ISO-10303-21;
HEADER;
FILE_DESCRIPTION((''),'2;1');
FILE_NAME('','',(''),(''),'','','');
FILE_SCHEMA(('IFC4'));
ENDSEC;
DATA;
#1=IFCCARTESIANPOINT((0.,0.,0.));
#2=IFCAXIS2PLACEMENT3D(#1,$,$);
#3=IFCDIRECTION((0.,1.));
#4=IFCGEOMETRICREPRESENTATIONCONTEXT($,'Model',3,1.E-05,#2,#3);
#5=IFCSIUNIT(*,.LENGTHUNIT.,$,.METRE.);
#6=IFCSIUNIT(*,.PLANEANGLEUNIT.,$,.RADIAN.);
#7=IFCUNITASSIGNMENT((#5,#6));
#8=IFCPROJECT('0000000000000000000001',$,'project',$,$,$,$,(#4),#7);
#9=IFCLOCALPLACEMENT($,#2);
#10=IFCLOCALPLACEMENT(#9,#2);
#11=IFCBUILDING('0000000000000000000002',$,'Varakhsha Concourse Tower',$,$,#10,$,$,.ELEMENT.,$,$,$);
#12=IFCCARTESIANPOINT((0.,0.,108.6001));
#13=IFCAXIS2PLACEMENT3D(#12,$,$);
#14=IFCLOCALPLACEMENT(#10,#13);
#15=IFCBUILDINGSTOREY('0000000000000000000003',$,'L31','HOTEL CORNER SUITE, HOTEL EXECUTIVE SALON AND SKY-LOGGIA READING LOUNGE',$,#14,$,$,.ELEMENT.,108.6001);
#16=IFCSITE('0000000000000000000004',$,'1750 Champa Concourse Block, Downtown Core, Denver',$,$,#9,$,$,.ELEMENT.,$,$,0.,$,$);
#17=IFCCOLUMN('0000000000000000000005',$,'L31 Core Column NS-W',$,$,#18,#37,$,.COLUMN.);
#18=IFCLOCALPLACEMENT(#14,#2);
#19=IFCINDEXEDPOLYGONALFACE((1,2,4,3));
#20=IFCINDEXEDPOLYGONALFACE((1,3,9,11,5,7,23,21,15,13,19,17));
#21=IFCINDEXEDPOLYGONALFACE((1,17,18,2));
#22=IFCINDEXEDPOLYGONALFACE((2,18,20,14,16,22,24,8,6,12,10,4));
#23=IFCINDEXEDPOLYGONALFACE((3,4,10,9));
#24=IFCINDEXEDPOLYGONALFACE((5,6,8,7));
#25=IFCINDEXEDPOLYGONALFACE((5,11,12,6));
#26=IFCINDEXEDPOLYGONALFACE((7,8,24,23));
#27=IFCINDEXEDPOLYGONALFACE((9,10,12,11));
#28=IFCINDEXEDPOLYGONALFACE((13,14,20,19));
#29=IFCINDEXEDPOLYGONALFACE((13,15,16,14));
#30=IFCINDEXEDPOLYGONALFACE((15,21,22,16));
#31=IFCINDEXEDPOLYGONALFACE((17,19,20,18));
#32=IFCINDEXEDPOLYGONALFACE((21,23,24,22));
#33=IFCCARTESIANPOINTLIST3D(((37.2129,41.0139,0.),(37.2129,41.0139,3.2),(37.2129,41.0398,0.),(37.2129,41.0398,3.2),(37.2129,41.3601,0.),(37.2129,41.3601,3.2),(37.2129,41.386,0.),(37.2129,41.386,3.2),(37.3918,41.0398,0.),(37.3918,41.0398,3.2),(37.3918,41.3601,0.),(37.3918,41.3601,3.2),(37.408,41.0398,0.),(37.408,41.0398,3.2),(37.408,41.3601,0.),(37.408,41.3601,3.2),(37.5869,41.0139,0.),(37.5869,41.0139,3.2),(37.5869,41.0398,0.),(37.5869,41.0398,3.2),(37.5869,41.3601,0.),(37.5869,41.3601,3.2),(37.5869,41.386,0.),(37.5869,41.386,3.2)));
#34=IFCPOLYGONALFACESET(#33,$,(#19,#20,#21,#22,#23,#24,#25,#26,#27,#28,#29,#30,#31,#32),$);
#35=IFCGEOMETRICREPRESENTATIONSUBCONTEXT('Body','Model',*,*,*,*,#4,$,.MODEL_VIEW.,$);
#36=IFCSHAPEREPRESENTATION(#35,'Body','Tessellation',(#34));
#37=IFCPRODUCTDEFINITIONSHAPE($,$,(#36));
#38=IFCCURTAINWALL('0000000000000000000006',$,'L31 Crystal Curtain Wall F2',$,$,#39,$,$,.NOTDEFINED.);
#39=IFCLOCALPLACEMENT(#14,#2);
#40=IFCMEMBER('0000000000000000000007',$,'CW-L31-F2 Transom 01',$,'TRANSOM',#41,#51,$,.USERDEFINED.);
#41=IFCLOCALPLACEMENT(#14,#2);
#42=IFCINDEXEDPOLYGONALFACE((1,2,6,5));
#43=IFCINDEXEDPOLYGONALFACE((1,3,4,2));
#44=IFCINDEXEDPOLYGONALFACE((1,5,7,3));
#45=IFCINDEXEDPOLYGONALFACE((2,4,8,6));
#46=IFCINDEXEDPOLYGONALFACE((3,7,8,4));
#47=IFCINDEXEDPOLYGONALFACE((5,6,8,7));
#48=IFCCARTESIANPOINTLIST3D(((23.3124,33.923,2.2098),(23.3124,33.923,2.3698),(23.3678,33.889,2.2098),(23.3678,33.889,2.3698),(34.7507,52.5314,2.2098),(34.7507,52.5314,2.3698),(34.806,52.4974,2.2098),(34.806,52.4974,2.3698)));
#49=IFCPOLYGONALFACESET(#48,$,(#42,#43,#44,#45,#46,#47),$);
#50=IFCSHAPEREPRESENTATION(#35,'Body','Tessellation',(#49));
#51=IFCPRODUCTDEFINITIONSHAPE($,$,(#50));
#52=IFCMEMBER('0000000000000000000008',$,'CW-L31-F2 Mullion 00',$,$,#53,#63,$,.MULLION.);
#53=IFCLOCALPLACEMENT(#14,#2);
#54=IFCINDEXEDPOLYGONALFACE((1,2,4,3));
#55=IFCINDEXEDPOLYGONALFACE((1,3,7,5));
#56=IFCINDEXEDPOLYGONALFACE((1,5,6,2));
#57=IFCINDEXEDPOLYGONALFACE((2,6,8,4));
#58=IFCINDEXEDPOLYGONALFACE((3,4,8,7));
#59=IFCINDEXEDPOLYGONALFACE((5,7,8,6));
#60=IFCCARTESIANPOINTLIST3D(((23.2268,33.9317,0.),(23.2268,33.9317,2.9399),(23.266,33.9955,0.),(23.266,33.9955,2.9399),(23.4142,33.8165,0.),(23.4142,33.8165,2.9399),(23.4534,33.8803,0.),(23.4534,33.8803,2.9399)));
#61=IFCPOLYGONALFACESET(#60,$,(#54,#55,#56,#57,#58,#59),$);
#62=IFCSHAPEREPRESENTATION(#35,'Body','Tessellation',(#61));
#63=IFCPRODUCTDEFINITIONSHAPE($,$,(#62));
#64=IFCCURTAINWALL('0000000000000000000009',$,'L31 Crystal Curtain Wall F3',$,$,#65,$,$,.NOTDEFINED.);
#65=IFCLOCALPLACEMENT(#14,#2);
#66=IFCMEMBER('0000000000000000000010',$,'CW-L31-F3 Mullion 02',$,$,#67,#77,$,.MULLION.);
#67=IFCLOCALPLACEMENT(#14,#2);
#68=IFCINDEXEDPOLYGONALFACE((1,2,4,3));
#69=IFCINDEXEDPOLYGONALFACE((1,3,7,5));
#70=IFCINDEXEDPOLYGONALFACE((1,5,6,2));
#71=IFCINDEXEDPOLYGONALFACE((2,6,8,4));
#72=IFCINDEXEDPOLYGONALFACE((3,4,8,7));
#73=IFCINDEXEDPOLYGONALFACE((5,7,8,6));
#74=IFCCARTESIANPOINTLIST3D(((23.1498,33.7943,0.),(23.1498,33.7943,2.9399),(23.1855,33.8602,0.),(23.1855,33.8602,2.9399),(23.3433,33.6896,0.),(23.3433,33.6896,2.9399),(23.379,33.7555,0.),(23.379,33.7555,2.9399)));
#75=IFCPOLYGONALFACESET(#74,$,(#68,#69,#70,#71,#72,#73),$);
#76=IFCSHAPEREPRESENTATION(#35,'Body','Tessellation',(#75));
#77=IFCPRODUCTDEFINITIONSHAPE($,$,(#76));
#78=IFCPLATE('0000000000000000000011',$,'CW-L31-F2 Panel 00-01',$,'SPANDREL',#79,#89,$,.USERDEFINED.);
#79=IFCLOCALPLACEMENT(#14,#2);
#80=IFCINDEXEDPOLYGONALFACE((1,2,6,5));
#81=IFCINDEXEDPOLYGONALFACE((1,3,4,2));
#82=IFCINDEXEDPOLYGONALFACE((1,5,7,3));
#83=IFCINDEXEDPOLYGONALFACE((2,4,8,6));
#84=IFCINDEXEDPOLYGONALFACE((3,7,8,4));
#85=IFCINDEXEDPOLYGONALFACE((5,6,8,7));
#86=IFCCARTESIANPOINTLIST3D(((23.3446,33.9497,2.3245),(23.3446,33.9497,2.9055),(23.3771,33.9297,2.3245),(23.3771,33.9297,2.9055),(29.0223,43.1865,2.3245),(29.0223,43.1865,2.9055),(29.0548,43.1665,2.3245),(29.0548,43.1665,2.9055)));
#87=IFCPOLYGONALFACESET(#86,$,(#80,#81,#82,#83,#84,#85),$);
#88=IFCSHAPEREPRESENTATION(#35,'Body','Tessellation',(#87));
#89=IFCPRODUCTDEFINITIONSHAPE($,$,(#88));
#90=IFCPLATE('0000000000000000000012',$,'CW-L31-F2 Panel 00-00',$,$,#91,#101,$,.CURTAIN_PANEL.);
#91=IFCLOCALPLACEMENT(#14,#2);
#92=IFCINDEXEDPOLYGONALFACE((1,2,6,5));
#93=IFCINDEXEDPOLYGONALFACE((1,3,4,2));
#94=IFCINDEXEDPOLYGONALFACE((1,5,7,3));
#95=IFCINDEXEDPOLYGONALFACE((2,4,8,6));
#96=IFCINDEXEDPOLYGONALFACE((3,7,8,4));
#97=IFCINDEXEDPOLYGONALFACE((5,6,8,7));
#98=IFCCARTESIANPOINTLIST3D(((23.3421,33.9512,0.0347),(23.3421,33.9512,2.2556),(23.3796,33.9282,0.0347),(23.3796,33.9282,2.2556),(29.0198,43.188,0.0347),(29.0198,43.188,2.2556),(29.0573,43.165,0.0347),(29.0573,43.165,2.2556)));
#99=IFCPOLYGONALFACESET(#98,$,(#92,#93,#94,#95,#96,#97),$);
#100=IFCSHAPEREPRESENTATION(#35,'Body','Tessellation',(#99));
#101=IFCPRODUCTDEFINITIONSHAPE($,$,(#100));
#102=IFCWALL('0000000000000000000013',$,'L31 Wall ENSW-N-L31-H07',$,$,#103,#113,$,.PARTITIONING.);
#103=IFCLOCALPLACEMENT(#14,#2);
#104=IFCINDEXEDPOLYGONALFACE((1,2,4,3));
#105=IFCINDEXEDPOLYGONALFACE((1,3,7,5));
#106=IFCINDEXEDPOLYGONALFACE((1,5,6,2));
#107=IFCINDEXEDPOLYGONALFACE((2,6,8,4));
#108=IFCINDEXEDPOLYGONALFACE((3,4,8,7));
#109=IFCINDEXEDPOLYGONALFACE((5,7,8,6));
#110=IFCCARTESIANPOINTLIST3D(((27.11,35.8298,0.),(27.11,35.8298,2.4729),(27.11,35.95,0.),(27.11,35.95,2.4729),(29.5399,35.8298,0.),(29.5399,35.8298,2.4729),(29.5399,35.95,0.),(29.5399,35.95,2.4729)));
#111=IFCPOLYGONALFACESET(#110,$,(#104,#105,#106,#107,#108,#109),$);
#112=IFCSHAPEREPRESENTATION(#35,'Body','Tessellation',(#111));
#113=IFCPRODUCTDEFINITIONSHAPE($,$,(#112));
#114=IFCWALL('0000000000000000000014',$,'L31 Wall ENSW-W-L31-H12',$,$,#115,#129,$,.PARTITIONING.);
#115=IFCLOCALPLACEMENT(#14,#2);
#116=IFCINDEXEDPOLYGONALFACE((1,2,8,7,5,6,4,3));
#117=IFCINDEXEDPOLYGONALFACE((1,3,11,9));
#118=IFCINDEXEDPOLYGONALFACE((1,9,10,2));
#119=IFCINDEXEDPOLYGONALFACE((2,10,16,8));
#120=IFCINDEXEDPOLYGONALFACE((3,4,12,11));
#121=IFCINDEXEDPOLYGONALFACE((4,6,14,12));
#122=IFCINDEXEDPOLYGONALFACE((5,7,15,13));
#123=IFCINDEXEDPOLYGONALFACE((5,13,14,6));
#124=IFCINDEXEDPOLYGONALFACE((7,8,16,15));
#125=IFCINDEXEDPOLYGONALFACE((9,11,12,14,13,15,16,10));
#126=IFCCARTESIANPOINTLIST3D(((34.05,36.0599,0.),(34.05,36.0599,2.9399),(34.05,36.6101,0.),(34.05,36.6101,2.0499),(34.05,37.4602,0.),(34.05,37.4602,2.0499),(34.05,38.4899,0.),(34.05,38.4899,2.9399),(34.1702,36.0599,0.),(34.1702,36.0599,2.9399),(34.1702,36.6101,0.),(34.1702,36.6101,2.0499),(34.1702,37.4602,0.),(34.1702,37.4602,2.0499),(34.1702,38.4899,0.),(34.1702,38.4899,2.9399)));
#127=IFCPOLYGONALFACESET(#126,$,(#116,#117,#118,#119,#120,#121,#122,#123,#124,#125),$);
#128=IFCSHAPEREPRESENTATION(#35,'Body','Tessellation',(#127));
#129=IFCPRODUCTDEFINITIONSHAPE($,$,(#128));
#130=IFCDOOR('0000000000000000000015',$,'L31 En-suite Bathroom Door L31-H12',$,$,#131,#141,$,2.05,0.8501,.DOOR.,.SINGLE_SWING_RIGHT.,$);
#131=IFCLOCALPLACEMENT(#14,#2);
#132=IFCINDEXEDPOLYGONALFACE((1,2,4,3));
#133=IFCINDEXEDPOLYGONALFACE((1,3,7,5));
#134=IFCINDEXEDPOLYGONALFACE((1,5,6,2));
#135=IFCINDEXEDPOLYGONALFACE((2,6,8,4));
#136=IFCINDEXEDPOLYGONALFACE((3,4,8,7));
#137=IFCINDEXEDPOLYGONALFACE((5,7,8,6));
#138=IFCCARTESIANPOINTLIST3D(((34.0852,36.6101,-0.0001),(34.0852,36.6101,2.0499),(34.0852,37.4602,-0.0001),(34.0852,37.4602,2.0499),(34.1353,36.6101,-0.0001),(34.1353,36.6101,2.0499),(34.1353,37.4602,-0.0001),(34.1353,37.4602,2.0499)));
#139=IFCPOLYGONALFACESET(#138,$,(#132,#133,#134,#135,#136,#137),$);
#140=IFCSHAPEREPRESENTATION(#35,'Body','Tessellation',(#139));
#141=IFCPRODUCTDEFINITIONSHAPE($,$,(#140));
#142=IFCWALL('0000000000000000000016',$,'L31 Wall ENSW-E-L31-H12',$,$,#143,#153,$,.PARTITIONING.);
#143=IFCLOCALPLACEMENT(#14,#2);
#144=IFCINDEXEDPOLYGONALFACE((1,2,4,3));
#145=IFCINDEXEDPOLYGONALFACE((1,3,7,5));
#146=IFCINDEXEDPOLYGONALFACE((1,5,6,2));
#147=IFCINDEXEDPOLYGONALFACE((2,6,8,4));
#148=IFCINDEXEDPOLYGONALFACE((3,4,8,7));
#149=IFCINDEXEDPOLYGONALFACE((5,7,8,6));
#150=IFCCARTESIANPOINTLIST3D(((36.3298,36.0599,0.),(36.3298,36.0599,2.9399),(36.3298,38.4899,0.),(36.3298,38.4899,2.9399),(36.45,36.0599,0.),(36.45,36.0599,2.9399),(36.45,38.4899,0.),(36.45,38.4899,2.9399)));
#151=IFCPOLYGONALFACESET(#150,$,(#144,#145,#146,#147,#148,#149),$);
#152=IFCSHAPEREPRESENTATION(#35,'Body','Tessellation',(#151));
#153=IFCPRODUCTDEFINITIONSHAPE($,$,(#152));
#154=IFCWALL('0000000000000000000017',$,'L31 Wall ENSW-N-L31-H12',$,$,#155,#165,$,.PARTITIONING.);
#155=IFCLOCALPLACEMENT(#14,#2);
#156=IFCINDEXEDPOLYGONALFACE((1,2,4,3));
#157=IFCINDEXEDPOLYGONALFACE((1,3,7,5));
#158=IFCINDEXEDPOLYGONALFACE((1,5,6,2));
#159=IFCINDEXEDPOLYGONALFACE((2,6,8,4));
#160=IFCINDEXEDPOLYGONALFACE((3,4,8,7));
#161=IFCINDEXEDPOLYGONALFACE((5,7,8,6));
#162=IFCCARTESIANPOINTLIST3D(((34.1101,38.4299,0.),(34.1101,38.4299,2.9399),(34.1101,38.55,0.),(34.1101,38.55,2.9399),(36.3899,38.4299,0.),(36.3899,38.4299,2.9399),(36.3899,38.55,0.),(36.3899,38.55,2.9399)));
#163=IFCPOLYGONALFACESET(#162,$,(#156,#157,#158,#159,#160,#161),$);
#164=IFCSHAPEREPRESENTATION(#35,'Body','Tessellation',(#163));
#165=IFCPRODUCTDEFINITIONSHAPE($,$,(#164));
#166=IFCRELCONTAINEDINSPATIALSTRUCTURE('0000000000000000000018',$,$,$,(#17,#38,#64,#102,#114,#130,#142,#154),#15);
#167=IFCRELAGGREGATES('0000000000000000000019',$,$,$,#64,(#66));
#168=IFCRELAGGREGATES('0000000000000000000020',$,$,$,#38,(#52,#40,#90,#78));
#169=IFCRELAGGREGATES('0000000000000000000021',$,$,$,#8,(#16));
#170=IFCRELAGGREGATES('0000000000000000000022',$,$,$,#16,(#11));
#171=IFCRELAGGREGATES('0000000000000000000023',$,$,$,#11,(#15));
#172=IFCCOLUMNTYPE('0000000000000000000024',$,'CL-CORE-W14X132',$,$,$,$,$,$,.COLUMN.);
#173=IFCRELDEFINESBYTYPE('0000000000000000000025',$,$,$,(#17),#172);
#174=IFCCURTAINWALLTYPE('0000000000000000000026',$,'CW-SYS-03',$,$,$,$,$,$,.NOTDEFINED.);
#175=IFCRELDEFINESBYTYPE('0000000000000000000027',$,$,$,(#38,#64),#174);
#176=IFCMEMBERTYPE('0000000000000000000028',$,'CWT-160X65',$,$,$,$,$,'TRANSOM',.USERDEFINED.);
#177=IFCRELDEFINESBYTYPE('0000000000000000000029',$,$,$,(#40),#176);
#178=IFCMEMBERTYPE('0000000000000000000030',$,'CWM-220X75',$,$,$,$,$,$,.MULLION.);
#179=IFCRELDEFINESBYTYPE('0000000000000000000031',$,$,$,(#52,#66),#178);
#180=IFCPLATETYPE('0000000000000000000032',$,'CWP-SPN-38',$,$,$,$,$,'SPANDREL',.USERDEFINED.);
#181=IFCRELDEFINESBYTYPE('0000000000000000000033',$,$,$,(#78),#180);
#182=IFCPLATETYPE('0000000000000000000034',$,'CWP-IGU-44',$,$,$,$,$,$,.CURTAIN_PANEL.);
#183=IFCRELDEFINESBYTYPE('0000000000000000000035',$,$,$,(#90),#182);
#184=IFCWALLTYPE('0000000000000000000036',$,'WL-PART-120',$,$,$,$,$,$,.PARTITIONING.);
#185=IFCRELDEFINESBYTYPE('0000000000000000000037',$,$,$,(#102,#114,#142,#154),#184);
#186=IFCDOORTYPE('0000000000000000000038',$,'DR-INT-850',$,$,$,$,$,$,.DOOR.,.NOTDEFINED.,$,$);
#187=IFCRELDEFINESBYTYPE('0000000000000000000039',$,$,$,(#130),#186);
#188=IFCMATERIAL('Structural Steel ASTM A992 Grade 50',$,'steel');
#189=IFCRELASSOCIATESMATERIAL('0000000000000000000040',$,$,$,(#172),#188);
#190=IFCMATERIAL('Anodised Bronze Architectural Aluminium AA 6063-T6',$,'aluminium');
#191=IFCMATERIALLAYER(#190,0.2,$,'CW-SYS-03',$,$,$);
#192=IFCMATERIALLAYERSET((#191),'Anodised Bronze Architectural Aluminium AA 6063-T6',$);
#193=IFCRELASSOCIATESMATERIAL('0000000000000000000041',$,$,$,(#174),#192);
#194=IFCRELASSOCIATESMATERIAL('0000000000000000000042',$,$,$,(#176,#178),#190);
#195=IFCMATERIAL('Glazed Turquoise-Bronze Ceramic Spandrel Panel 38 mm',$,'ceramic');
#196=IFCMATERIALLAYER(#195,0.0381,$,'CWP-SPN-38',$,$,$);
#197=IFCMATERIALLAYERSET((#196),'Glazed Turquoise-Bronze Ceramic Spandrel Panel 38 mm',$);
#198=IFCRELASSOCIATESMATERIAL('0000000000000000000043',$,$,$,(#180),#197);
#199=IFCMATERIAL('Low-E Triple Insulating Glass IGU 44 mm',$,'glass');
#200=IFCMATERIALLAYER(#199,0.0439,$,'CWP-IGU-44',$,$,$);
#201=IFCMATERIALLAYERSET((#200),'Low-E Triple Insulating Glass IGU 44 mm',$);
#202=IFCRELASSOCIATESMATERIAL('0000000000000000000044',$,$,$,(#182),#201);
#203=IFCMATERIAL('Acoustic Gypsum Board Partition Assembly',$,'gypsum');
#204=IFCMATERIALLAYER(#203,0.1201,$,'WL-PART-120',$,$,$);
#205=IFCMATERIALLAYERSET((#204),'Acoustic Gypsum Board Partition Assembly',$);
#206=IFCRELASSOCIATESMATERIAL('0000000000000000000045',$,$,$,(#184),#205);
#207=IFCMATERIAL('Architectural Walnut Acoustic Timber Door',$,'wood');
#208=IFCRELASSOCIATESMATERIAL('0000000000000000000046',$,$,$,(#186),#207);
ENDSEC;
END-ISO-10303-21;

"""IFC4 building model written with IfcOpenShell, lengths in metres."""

from ifc_helpers import new_model, si_unit, direction, frame, frame_2d, origin, origin_2d, place, context, subcontext, project, spatial, rectangle, i_section, extrude, source, transform, mapped, material, layer, layer_set, material_profile, profile_set, type_object, type_shapes, element, fill, aggregate, save


model = new_model("IFC4")

# Units and contexts
model_context = context("Model", 3, precision=1e-05, world=origin(), true_north=direction((0.0, 1.0)))
body_context = subcontext(model_context, "Body", "Model", "MODEL_VIEW")
ifc_project = project(units=[si_unit("LENGTHUNIT", "METRE"), si_unit("PLANEANGLEUNIT", "RADIAN")], contexts=[model_context])

# Site, building, storey
site_placement = place(None, origin())
site = spatial("IfcSite", under=ifc_project, at=site_placement, Name="1750 Champa Concourse Block, Downtown Core, Denver", CompositionType="ELEMENT", RefElevation=0.0)
building_placement = place(site_placement, origin())
building = spatial("IfcBuilding", under=site, at=building_placement, Name="Varakhsha Concourse Tower", CompositionType="ELEMENT")
storey_placement = place(building_placement, frame((0.0, 0.0, 108.6001)))
storey = spatial("IfcBuildingStorey", under=building, at=storey_placement, Name="L31", Description="HOTEL CORNER SUITE, HOTEL EXECUTIVE SALON AND SKY-LOGGIA READING LOUNGE", CompositionType="ELEMENT", Elevation=108.6001)

# Column
ifc_material_1 = material(Name="Structural Steel ASTM A992 Grade 50", Category="steel")
ifc_material_profile_1 = material_profile(ifc_material_1, i_section(OverallWidth=0.374, OverallDepth=0.3721, WebThickness=0.0161, FlangeThickness=0.0259, at=origin_2d()), Name="W14X132")
ifc_profile_set_1 = profile_set([ifc_material_profile_1], Name="Structural Steel ASTM A992 Grade 50")
column_type = type_object("IfcColumnType", Name="CL-CORE-W14X132", PredefinedType="COLUMN", material=ifc_profile_set_1)
column_placement = place(storey_placement, frame((37.3999, 41.2, 0.0), z_axis=(0.0, 0.0, 1.0), x_axis=(1.0, 0.0, 0.0)))
element("IfcColumn", 1, at=column_placement, inside=storey, type_object=column_type, Name="L31 Core Column NS-W", PredefinedType="COLUMN", context=body_context, shape_type="SweptSolid", body=[
    extrude(i_section(OverallWidth=0.374, OverallDepth=0.3721, WebThickness=0.0161, FlangeThickness=0.0259, at=origin_2d()), origin(), (0.0, 0.0, 1.0), 3.2),
])

# Curtain wall, members
ifc_material_2 = material(Name="Anodised Bronze Architectural Aluminium AA 6063-T6", Category="aluminium")
ifc_layer_1 = layer(ifc_material_2, 0.2, Name="CW-SYS-03")
ifc_layer_set_1 = layer_set([ifc_layer_1], Name="Anodised Bronze Architectural Aluminium AA 6063-T6")
curtain_wall_type = type_object("IfcCurtainWallType", Name="CW-SYS-03", PredefinedType="NOTDEFINED", material=ifc_layer_set_1)
curtain_wall_1_placement = place(storey_placement, origin())
curtain_wall_1 = element("IfcCurtainWall", 2, at=curtain_wall_1_placement, inside=storey, type_object=curtain_wall_type, Name="L31 Crystal Curtain Wall F2", PredefinedType="NOTDEFINED")
ifc_material_profile_2 = material_profile(ifc_material_2, rectangle(XDim=0.0649, YDim=0.1599, at=origin_2d()), Name="CWT-160X65")
ifc_profile_set_2 = profile_set([ifc_material_profile_2], Name="Anodised Bronze Architectural Aluminium AA 6063-T6")
member_type_1 = type_object("IfcMemberType", Name="CWT-160X65", ElementType="TRANSOM", PredefinedType="USERDEFINED", material=ifc_profile_set_2)
shared_shape_1 = source(origin(), body_context, "Body", "SweptSolid", [
    extrude(rectangle(XDim=0.0649, YDim=0.1599, at=origin_2d()), origin(), (0.0, 0.0, 1.0), 21.8428),
])
type_shapes(member_type_1, [shared_shape_1])
member_1_placement = place(storey_placement, frame((23.3401, 33.906, 2.2898), z_axis=(0.523663, 0.851926, 0.0), x_axis=(-0.851926, 0.523663, 0.0)))
member_1 = element("IfcMember", 3, at=member_1_placement, type_object=member_type_1, Name="CW-L31-F2 Transom 01", ObjectType="TRANSOM", PredefinedType="USERDEFINED", context=body_context, shape_type="MappedRepresentation", body=[
    mapped(shared_shape_1, transform((0.0, 0.0, 0.0), scale=1.0)),
])
ifc_material_profile_3 = material_profile(ifc_material_2, rectangle(XDim=0.075, YDim=0.22, at=origin_2d()), Name="CWM-220X75")
ifc_profile_set_3 = profile_set([ifc_material_profile_3], Name="Anodised Bronze Architectural Aluminium AA 6063-T6")
member_type_2 = type_object("IfcMemberType", Name="CWM-220X75", PredefinedType="MULLION", material=ifc_profile_set_3)
shared_shape_2 = source(origin(), body_context, "Body", "SweptSolid", [
    extrude(rectangle(XDim=0.075, YDim=0.22, at=origin_2d()), origin(), (0.0, 0.0, 1.0), 2.9399),
])
type_shapes(member_type_2, [shared_shape_2])
member_2_placement = place(storey_placement, frame((23.3401, 33.906, 0.0), z_axis=(0.0, 0.0, 1.0), x_axis=(0.523665, 0.851924, 0.0)))
member_2 = element("IfcMember", 4, at=member_2_placement, type_object=member_type_2, Name="CW-L31-F2 Mullion 00", PredefinedType="MULLION", context=body_context, shape_type="MappedRepresentation", body=[
    mapped(shared_shape_2, transform((0.0, 0.0, 0.0), scale=1.0)),
])

# Curtain wall, member
curtain_wall_2_placement = place(storey_placement, origin())
curtain_wall_2 = element("IfcCurtainWall", 5, at=curtain_wall_2_placement, inside=storey, type_object=curtain_wall_type, Name="L31 Crystal Curtain Wall F3", PredefinedType="NOTDEFINED")
member_3_placement = place(storey_placement, frame((23.2644, 33.7749, 0.0), z_axis=(0.0, 0.0, 1.0), x_axis=(0.475959, 0.879468, 0.0)))
member_3 = element("IfcMember", 6, at=member_3_placement, type_object=member_type_2, Name="CW-L31-F3 Mullion 02", PredefinedType="MULLION", context=body_context, shape_type="MappedRepresentation", body=[
    mapped(shared_shape_2, transform((0.0, 0.0, 0.0), scale=1.0)),
])
aggregate(curtain_wall_2, [member_3])

# Plates
ifc_material_3 = material(Name="Glazed Turquoise-Bronze Ceramic Spandrel Panel 38 mm", Category="ceramic")
ifc_layer_2 = layer(ifc_material_3, 0.0381, Name="CWP-SPN-38")
ifc_layer_set_2 = layer_set([ifc_layer_2], Name="Glazed Turquoise-Bronze Ceramic Spandrel Panel 38 mm")
plate_type_1 = type_object("IfcPlateType", Name="CWP-SPN-38", ElementType="SPANDREL", PredefinedType="USERDEFINED", material=ifc_layer_set_2)
shared_shape_3 = source(origin(), body_context, "Body", "SweptSolid", [
    extrude(rectangle(XDim=10.8423, YDim=0.0381, at=origin_2d()), origin(), (0.0, 0.0, 1.0), 0.5811),
])
type_shapes(plate_type_1, [shared_shape_3])
plate_1_placement = place(storey_placement, frame((26.1997, 38.5581, 2.3245), z_axis=(0.0, 0.0, 1.0), x_axis=(0.523665, 0.851924, 0.0)))
plate_1 = element("IfcPlate", 7, at=plate_1_placement, type_object=plate_type_1, Name="CW-L31-F2 Panel 00-01", ObjectType="SPANDREL", PredefinedType="USERDEFINED", context=body_context, shape_type="MappedRepresentation", body=[
    mapped(shared_shape_3, transform((0.0, 0.0, 0.0), scale=1.0)),
])
ifc_material_4 = material(Name="Low-E Triple Insulating Glass IGU 44 mm", Category="glass")
ifc_layer_3 = layer(ifc_material_4, 0.0439, Name="CWP-IGU-44")
ifc_layer_set_3 = layer_set([ifc_layer_3], Name="Low-E Triple Insulating Glass IGU 44 mm")
plate_type_2 = type_object("IfcPlateType", Name="CWP-IGU-44", PredefinedType="CURTAIN_PANEL", material=ifc_layer_set_3)
shared_shape_4 = source(origin(), body_context, "Body", "SweptSolid", [
    extrude(rectangle(XDim=10.8423, YDim=0.0439, at=origin_2d()), origin(), (0.0, 0.0, 1.0), 2.2209),
])
type_shapes(plate_type_2, [shared_shape_4])
plate_2_placement = place(storey_placement, frame((26.1997, 38.5581, 0.0347), z_axis=(0.0, 0.0, 1.0), x_axis=(0.523665, 0.851924, 0.0)))
plate_2 = element("IfcPlate", 8, at=plate_2_placement, type_object=plate_type_2, Name="CW-L31-F2 Panel 00-00", PredefinedType="CURTAIN_PANEL", context=body_context, shape_type="MappedRepresentation", body=[
    mapped(shared_shape_4, transform((0.0, 0.0, 0.0), scale=1.0)),
])
aggregate(curtain_wall_1, [member_2, member_1, plate_2, plate_1])

# Wall
ifc_material_5 = material(Name="Acoustic Gypsum Board Partition Assembly", Category="gypsum")
ifc_layer_4 = layer(ifc_material_5, 0.1201, Name="WL-PART-120")
ifc_layer_set_4 = layer_set([ifc_layer_4], Name="Acoustic Gypsum Board Partition Assembly")
wall_type_1 = type_object("IfcWallType", Name="WL-PART-120", PredefinedType="PARTITIONING", material=ifc_layer_set_4)
wall_1_placement = place(storey_placement, frame((27.1101, 35.8899, 0.0), z_axis=(0.0, 0.0, 1.0), x_axis=(1.0, 0.0, 0.0)))
element("IfcWall", 9, at=wall_1_placement, inside=storey, type_object=wall_type_1, Name="L31 Wall ENSW-N-L31-H07", PredefinedType="PARTITIONING", context=body_context, shape_type="SweptSolid", body=[
    extrude(rectangle(XDim=2.4299, YDim=0.1201, at=frame_2d((1.2148, 0.0))), origin(), (0.0, 0.0, 1.0), 2.4729),
])

# Wall, opening, door
wall_2_placement = place(storey_placement, frame((34.1101, 36.0601, 0.0), z_axis=(0.0, 0.0, 1.0), x_axis=(0.0, 1.0, 0.0)))
wall_2 = element("IfcWall", 10, at=wall_2_placement, inside=storey, type_object=wall_type_1, Name="L31 Wall ENSW-W-L31-H12", PredefinedType="PARTITIONING", context=body_context, shape_type="SweptSolid", body=[
    extrude(rectangle(XDim=2.4299, YDim=0.1201, at=frame_2d((1.2148, 0.0))), origin(), (0.0, 0.0, 1.0), 2.9399),
])
opening_1_placement = place(wall_2_placement, frame((0.55, 0.0, 0.0)))
opening_1 = element("IfcOpeningElement", 11, at=opening_1_placement, cuts=wall_2, PredefinedType="OPENING", context=body_context, shape_type="SweptSolid", body=[
    extrude(rectangle(XDim=0.8501, YDim=2.05, at=frame_2d((0.425, 1.0249))), frame((0.0, 0.0701, 0.0), z_axis=(0.0, -1.0, 0.0), x_axis=(1.0, 0.0, 0.0)), (0.0, 0.0, 1.0), 0.1401),
])
ifc_material_6 = material(Name="Architectural Walnut Acoustic Timber Door", Category="wood")
door_type_1 = type_object("IfcDoorType", Name="DR-INT-850", OperationType="NOTDEFINED", PredefinedType="DOOR", material=ifc_material_6)
door_1_placement = place(opening_1_placement, origin())
door_1 = element("IfcDoor", 12, at=door_1_placement, inside=storey, type_object=door_type_1, Name="L31 En-suite Bathroom Door L31-H12", OperationType="SINGLE_SWING_RIGHT", OverallHeight=2.05, OverallWidth=0.8501, PredefinedType="DOOR", context=body_context, shape_type="SweptSolid", body=[
    extrude(rectangle(XDim=0.8501, YDim=2.05, at=frame_2d((0.425, 1.0249))), frame((0.0, 0.0249, 0.0), z_axis=(0.0, -1.0, 0.0), x_axis=(1.0, 0.0, 0.0)), (0.0, 0.0, 1.0), 0.05),
])
fill(opening_1, door_1)

# Walls
wall_3_placement = place(storey_placement, frame((36.3899, 36.0601, 0.0), z_axis=(0.0, 0.0, 1.0), x_axis=(0.0, 1.0, 0.0)))
element("IfcWall", 13, at=wall_3_placement, inside=storey, type_object=wall_type_1, Name="L31 Wall ENSW-E-L31-H12", PredefinedType="PARTITIONING", context=body_context, shape_type="SweptSolid", body=[
    extrude(rectangle(XDim=2.4299, YDim=0.1201, at=frame_2d((1.2148, 0.0))), origin(), (0.0, 0.0, 1.0), 2.9399),
])
wall_4_placement = place(storey_placement, frame((34.1101, 38.49, 0.0), z_axis=(0.0, 0.0, 1.0), x_axis=(1.0, 0.0, 0.0)))
element("IfcWall", 14, at=wall_4_placement, inside=storey, type_object=wall_type_1, Name="L31 Wall ENSW-N-L31-H12", PredefinedType="PARTITIONING", context=body_context, shape_type="SweptSolid", body=[
    extrude(rectangle(XDim=2.2798, YDim=0.1201, at=frame_2d((1.1399, 0.0))), origin(), (0.0, 0.0, 1.0), 2.9399),
])

save(model, "model.ifc")
